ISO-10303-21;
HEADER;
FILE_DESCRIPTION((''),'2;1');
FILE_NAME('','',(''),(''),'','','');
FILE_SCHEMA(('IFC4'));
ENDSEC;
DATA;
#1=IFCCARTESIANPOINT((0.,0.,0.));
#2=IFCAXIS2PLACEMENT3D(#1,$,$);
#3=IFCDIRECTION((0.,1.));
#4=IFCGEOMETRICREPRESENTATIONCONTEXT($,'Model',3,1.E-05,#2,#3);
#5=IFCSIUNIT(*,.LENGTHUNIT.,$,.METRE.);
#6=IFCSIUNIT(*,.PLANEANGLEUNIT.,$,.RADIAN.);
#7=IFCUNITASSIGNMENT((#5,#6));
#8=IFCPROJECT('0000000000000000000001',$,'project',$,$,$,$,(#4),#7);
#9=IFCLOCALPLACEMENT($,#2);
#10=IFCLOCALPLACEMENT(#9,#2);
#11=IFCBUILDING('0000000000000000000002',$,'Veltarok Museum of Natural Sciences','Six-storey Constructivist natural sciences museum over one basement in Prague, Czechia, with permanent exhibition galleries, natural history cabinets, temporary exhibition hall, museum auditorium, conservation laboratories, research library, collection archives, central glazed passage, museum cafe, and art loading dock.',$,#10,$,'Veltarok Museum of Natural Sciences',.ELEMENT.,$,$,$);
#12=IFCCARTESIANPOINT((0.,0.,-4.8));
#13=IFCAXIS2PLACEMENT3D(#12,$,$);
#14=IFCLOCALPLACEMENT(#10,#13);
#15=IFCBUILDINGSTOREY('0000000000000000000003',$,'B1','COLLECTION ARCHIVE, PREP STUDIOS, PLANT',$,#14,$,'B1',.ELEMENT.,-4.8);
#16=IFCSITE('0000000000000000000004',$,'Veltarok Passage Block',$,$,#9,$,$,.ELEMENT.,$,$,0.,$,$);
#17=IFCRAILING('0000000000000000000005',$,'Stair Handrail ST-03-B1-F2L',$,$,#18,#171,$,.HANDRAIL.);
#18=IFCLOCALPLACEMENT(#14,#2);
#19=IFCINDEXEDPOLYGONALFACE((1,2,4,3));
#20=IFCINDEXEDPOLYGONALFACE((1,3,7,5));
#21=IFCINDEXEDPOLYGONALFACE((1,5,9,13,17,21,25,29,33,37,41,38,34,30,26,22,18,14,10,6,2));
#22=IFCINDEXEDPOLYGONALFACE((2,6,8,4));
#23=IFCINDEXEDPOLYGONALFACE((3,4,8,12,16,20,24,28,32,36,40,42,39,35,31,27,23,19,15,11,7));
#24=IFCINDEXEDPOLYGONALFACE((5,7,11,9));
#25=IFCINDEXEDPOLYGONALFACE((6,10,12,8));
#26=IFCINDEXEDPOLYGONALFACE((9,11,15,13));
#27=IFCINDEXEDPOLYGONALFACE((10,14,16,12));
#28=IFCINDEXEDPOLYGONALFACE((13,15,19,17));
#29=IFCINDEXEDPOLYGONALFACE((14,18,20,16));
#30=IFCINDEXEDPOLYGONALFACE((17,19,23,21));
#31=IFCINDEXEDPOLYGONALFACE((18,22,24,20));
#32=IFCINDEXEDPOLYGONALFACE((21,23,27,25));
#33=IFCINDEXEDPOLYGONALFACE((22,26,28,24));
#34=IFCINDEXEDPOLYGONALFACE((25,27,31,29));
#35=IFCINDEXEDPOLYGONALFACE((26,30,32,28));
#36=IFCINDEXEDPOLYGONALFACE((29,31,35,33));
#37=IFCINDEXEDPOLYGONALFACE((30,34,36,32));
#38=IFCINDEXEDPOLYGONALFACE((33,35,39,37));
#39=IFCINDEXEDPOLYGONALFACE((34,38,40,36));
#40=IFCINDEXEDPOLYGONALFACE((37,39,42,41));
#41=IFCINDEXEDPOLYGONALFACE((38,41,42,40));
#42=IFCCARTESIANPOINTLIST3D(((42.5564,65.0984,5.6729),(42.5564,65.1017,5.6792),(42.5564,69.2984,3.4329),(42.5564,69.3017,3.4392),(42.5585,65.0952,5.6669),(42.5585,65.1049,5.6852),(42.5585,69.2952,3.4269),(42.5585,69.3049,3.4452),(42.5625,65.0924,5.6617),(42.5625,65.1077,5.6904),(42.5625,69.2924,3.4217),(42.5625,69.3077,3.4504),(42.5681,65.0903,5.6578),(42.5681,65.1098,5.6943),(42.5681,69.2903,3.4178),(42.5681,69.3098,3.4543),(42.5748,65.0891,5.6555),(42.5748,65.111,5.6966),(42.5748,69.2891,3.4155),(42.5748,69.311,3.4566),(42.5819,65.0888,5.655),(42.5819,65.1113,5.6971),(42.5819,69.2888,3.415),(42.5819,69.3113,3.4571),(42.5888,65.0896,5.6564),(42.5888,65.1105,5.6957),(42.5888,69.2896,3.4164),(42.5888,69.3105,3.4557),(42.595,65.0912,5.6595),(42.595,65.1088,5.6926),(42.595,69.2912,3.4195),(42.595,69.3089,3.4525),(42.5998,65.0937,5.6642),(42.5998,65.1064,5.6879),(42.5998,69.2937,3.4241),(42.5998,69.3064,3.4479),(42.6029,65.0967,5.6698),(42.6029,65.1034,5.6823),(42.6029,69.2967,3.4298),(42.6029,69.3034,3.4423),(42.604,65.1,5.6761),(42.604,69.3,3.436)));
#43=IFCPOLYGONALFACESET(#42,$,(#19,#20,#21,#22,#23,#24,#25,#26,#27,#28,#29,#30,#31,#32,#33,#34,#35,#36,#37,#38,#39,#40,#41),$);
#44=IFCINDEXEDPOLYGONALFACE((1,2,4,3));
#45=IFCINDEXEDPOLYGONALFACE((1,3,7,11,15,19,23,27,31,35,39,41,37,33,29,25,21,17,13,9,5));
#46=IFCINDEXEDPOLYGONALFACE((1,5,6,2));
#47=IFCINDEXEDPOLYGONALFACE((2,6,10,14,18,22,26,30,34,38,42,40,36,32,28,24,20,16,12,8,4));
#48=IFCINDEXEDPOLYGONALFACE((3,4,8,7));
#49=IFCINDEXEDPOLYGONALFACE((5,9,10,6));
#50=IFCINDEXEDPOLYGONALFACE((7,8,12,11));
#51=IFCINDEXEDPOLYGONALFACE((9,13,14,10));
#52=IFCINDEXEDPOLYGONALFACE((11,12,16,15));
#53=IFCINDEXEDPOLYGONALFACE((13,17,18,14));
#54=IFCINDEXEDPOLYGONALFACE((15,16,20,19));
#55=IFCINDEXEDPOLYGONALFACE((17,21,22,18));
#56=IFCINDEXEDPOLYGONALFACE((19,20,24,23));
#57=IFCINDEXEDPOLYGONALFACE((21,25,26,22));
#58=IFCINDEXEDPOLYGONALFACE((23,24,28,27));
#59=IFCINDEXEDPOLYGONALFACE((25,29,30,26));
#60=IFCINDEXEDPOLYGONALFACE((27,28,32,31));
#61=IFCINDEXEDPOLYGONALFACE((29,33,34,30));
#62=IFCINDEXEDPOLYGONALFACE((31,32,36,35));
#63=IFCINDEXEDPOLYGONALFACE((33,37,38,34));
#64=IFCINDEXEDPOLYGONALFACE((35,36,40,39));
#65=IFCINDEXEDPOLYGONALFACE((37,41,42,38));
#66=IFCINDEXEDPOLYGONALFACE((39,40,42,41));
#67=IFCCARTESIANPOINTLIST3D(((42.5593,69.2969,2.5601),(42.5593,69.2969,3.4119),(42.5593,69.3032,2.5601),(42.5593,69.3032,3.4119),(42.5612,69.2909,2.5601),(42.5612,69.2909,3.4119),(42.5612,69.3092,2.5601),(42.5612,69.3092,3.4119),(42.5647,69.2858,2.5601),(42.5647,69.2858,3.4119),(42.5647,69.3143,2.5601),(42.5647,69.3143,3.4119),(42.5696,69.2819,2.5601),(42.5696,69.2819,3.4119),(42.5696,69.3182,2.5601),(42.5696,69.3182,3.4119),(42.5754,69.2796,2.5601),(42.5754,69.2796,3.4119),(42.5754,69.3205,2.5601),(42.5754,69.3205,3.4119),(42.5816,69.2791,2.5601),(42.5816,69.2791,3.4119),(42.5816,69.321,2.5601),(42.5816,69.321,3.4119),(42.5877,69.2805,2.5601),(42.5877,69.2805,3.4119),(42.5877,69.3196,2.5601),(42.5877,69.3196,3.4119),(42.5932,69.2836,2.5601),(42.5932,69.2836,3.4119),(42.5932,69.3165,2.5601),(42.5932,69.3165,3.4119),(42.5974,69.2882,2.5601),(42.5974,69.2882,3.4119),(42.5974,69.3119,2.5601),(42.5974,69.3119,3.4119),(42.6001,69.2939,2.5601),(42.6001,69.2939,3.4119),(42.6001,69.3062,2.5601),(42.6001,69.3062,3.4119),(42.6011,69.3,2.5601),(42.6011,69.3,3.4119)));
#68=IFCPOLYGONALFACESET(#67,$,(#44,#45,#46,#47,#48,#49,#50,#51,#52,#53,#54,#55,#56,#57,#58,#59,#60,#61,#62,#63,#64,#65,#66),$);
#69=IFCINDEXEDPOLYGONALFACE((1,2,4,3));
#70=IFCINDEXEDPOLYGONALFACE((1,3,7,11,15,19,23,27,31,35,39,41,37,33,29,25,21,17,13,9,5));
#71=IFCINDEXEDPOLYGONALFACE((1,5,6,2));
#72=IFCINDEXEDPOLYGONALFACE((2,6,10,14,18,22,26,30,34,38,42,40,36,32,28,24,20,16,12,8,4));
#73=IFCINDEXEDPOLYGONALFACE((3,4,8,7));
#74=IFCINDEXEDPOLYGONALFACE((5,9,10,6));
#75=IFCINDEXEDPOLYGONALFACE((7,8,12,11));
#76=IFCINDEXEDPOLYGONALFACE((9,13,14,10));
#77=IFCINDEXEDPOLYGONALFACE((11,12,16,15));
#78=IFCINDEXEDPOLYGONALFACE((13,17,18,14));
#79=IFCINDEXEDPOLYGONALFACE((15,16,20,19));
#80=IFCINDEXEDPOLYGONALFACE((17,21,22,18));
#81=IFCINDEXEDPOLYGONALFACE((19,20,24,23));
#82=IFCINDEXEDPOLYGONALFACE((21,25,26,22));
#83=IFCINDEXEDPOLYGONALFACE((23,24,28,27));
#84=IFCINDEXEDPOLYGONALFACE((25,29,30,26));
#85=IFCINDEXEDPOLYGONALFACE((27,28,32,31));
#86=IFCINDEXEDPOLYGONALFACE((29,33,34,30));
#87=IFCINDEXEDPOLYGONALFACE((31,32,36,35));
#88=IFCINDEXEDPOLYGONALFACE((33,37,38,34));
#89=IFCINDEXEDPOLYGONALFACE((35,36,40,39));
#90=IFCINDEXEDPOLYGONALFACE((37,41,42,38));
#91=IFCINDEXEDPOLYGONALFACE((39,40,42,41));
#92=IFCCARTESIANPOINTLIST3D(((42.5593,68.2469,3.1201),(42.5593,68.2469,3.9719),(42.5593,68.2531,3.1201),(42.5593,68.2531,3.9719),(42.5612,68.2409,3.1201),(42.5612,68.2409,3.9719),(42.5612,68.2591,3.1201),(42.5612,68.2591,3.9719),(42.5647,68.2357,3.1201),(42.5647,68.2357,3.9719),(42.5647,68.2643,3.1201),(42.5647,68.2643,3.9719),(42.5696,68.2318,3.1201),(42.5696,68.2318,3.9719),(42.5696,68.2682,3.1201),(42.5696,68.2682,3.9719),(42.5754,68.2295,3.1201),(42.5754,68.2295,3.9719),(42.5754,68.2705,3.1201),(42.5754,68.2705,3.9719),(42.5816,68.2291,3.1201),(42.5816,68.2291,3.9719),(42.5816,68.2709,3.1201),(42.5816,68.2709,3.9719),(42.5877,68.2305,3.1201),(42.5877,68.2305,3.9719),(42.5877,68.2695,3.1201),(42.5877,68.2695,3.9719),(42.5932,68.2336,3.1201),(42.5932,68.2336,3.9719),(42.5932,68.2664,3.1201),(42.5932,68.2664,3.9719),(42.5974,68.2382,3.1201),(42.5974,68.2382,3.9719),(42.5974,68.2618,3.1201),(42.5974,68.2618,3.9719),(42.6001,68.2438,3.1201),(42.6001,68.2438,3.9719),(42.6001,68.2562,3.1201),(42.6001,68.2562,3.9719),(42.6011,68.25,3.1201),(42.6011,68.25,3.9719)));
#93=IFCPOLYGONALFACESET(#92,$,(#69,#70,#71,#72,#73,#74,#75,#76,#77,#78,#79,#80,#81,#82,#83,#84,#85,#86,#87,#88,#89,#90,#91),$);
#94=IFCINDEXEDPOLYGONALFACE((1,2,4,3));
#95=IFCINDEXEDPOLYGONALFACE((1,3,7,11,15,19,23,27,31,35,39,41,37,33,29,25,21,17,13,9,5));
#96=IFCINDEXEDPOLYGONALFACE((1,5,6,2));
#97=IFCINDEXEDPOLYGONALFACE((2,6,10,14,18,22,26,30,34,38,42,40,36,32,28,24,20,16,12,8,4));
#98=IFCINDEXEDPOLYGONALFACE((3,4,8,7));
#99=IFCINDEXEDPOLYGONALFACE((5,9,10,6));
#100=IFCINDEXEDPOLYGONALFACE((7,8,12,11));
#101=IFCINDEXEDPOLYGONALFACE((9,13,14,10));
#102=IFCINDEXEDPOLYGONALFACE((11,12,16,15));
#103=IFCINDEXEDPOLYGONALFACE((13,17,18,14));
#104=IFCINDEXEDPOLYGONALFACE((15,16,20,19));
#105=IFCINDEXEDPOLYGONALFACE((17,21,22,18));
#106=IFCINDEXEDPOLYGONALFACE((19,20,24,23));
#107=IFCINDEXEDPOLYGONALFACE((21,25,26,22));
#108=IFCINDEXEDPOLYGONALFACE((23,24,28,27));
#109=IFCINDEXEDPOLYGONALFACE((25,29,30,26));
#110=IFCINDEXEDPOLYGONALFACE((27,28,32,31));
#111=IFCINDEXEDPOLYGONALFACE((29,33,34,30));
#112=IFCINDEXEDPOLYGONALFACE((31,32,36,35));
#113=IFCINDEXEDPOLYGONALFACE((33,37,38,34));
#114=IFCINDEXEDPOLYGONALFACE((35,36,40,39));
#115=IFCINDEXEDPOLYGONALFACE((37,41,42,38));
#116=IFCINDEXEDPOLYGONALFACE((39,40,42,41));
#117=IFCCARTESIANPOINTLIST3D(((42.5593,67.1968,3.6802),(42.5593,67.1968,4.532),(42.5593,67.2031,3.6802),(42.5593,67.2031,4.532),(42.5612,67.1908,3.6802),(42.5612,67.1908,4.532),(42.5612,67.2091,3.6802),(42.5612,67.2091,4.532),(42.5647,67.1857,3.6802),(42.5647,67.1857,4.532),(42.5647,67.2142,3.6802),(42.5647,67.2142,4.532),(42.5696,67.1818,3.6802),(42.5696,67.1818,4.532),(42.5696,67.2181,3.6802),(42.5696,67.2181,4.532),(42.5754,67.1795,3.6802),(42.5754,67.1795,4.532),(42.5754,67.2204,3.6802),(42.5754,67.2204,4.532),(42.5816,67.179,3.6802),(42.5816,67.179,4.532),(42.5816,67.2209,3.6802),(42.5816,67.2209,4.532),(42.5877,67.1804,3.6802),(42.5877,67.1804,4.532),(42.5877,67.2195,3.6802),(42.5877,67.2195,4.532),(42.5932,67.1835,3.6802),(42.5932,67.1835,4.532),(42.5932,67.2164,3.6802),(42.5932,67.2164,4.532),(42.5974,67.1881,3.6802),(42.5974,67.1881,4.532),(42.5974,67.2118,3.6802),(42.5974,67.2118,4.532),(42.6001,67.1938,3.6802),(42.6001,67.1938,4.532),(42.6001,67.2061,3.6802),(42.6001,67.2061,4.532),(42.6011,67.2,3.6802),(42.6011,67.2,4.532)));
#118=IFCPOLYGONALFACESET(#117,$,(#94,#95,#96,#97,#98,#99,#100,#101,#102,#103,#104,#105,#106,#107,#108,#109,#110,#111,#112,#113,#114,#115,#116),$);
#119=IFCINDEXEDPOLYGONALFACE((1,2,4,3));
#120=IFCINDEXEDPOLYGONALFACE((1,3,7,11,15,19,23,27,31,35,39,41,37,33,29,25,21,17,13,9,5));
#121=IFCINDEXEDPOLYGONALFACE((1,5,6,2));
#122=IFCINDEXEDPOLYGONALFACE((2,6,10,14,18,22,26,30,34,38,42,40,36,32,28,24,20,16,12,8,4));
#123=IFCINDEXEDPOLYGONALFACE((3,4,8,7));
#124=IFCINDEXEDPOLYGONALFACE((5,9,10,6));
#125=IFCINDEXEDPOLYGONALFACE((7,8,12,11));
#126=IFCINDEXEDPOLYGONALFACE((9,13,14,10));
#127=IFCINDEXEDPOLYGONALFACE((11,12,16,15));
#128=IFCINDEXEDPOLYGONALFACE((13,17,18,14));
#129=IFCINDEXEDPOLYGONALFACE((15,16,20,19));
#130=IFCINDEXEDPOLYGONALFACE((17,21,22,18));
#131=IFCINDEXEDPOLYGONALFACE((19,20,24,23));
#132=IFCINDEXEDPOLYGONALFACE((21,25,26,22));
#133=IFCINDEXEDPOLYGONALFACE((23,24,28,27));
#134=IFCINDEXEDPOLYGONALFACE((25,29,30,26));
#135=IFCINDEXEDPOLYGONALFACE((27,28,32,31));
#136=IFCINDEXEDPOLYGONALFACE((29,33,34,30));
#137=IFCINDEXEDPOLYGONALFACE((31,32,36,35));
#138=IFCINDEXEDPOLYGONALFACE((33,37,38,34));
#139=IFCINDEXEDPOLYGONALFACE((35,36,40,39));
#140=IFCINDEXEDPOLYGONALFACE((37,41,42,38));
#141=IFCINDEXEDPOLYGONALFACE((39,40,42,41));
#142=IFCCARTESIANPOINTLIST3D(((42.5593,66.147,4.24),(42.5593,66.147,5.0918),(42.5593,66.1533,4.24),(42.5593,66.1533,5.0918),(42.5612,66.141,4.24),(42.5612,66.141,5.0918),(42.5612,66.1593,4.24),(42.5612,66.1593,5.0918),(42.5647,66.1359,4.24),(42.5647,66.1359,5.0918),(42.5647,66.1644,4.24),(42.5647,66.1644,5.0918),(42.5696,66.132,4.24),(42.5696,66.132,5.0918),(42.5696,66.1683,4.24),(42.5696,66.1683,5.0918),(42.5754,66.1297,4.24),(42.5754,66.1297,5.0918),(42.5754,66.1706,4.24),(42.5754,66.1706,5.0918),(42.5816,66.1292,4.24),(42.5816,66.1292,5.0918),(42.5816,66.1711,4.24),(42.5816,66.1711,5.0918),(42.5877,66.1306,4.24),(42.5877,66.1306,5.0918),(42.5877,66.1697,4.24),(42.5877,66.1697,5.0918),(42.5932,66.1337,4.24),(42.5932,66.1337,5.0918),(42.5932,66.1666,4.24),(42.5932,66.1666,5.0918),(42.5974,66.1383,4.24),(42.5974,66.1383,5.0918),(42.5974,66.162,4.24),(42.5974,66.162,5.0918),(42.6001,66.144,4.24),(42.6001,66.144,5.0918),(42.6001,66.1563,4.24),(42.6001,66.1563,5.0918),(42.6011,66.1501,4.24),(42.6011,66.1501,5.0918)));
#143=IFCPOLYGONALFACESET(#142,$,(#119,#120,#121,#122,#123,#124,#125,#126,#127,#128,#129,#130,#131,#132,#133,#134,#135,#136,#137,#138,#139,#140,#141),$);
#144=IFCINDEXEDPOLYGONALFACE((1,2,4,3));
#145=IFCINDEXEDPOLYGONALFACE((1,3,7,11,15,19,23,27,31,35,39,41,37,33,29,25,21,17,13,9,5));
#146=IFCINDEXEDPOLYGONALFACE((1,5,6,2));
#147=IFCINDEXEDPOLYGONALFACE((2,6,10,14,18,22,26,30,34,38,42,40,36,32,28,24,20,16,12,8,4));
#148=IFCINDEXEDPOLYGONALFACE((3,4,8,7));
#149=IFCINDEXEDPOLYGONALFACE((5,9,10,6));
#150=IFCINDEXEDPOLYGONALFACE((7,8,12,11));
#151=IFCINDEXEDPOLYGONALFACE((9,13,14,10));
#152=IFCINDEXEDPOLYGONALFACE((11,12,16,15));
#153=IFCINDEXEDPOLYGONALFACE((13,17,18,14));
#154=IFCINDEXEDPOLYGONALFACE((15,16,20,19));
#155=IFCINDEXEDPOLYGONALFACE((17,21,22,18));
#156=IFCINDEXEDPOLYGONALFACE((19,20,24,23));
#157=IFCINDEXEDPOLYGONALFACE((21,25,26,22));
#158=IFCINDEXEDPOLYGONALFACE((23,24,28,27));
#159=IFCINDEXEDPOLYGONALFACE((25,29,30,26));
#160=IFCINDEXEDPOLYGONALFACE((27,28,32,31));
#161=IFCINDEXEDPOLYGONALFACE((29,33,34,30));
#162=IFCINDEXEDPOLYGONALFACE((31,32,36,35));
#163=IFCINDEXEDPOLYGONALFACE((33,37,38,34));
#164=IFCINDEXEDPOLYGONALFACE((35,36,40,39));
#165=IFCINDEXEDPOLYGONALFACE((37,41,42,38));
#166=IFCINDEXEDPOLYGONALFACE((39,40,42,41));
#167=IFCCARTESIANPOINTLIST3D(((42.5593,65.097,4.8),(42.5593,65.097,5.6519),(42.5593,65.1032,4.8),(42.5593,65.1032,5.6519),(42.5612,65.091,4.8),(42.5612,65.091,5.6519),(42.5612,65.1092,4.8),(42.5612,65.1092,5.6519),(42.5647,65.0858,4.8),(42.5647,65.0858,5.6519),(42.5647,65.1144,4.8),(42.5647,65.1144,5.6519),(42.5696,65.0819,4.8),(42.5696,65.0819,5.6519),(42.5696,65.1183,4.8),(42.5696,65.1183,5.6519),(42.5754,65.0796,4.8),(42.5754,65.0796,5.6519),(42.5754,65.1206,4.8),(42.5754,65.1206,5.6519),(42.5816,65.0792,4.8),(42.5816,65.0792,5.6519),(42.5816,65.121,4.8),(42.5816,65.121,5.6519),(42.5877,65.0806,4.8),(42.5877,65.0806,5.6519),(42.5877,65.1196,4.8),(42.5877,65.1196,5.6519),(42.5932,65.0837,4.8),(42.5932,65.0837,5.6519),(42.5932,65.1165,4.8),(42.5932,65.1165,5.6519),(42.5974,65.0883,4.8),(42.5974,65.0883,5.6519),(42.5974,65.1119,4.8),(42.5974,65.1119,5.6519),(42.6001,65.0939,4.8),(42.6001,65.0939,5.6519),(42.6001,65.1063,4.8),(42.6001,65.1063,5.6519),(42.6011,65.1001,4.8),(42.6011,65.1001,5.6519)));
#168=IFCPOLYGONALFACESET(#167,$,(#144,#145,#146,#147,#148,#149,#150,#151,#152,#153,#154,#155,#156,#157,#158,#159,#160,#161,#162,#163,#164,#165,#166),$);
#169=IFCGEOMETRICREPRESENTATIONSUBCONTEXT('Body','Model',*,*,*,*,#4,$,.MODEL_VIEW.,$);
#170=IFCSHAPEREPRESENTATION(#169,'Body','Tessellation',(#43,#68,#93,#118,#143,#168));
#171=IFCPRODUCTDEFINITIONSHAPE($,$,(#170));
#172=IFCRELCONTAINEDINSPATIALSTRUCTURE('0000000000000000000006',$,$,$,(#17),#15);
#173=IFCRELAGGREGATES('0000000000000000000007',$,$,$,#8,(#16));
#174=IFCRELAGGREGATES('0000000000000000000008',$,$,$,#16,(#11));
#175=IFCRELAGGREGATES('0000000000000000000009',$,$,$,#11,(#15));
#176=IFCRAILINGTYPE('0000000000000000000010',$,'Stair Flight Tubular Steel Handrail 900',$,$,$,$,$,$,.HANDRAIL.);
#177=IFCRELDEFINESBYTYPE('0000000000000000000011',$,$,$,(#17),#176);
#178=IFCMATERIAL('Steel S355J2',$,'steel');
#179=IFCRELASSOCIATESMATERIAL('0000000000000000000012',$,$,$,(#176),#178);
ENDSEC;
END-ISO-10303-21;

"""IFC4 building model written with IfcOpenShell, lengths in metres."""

from ifc_helpers import new_model, si_unit, direction, frame, origin, origin_2d, place, context, subcontext, project, spatial, circle, extrude, material, type_object, element, save


model = new_model("IFC4")

# Units and contexts
model_context = context("Model", 3, precision=1e-05, world=origin(), true_north=direction((0.0, 1.0)))
body_context = subcontext(model_context, "Body", "Model", "MODEL_VIEW")
ifc_project = project(units=[si_unit("LENGTHUNIT", "METRE"), si_unit("PLANEANGLEUNIT", "RADIAN")], contexts=[model_context])

# Site, building, storey
site_placement = place(None, origin())
site = spatial("IfcSite", under=ifc_project, at=site_placement, Name="Veltarok Passage Block", CompositionType="ELEMENT", RefElevation=0.0)
building_placement = place(site_placement, origin())
building = spatial("IfcBuilding", under=site, at=building_placement, Name="Veltarok Museum of Natural Sciences", Description="Six-storey Constructivist natural sciences museum over one basement in Prague, Czechia, with permanent exhibition galleries, natural history cabinets, temporary exhibition hall, museum auditorium, conservation laboratories, research library, collection archives, central glazed passage, museum cafe, and art loading dock.", LongName="Veltarok Museum of Natural Sciences", CompositionType="ELEMENT")
storey_placement = place(building_placement, frame((0.0, 0.0, -4.8)))
storey = spatial("IfcBuildingStorey", under=building, at=storey_placement, Name="B1", Description="COLLECTION ARCHIVE, PREP STUDIOS, PLANT", LongName="B1", CompositionType="ELEMENT", Elevation=-4.8)

# Shared definitions
ifc_material_1 = material(Name="Steel S355J2", Category="steel")

# Railing
railing_type_1 = type_object("IfcRailingType", Name="Stair Flight Tubular Steel Handrail 900", PredefinedType="HANDRAIL", material=ifc_material_1)
for number, where, name in (
    (1, (42.5801, 69.3, 2.5601), "Stair Handrail ST-03-B1-F2L"),
):
    element("IfcRailing", number, at=place(storey_placement, frame(where)), inside=storey, type_object=railing_type_1, Name=name, PredefinedType="HANDRAIL", context=body_context, shape_type="SweptSolid", body=[
        extrude(circle(Radius=0.0239, at=origin_2d()), frame((0.0, 0.0, 0.876), z_axis=(0.0, -0.882352, 0.470591), x_axis=(1.0, 0.0, 0.0)), (0.0, 0.0, 1.0), 4.76),
        extrude(circle(Radius=0.021, at=origin_2d()), origin(), (0.0, 0.0, 1.0), 0.8518),
        extrude(circle(Radius=0.021, at=origin_2d()), frame((0.0, -1.05, 0.5601)), (0.0, 0.0, 1.0), 0.8518),
        extrude(circle(Radius=0.021, at=origin_2d()), frame((0.0, -2.1001, 1.1201)), (0.0, 0.0, 1.0), 0.8518),
        extrude(circle(Radius=0.021, at=origin_2d()), frame((0.0, -3.1499, 1.6799)), (0.0, 0.0, 1.0), 0.8518),
        extrude(circle(Radius=0.021, at=origin_2d()), frame((0.0, -4.2, 2.24)), (0.0, 0.0, 1.0), 0.8518),
    ])

save(model, "model.ifc")
